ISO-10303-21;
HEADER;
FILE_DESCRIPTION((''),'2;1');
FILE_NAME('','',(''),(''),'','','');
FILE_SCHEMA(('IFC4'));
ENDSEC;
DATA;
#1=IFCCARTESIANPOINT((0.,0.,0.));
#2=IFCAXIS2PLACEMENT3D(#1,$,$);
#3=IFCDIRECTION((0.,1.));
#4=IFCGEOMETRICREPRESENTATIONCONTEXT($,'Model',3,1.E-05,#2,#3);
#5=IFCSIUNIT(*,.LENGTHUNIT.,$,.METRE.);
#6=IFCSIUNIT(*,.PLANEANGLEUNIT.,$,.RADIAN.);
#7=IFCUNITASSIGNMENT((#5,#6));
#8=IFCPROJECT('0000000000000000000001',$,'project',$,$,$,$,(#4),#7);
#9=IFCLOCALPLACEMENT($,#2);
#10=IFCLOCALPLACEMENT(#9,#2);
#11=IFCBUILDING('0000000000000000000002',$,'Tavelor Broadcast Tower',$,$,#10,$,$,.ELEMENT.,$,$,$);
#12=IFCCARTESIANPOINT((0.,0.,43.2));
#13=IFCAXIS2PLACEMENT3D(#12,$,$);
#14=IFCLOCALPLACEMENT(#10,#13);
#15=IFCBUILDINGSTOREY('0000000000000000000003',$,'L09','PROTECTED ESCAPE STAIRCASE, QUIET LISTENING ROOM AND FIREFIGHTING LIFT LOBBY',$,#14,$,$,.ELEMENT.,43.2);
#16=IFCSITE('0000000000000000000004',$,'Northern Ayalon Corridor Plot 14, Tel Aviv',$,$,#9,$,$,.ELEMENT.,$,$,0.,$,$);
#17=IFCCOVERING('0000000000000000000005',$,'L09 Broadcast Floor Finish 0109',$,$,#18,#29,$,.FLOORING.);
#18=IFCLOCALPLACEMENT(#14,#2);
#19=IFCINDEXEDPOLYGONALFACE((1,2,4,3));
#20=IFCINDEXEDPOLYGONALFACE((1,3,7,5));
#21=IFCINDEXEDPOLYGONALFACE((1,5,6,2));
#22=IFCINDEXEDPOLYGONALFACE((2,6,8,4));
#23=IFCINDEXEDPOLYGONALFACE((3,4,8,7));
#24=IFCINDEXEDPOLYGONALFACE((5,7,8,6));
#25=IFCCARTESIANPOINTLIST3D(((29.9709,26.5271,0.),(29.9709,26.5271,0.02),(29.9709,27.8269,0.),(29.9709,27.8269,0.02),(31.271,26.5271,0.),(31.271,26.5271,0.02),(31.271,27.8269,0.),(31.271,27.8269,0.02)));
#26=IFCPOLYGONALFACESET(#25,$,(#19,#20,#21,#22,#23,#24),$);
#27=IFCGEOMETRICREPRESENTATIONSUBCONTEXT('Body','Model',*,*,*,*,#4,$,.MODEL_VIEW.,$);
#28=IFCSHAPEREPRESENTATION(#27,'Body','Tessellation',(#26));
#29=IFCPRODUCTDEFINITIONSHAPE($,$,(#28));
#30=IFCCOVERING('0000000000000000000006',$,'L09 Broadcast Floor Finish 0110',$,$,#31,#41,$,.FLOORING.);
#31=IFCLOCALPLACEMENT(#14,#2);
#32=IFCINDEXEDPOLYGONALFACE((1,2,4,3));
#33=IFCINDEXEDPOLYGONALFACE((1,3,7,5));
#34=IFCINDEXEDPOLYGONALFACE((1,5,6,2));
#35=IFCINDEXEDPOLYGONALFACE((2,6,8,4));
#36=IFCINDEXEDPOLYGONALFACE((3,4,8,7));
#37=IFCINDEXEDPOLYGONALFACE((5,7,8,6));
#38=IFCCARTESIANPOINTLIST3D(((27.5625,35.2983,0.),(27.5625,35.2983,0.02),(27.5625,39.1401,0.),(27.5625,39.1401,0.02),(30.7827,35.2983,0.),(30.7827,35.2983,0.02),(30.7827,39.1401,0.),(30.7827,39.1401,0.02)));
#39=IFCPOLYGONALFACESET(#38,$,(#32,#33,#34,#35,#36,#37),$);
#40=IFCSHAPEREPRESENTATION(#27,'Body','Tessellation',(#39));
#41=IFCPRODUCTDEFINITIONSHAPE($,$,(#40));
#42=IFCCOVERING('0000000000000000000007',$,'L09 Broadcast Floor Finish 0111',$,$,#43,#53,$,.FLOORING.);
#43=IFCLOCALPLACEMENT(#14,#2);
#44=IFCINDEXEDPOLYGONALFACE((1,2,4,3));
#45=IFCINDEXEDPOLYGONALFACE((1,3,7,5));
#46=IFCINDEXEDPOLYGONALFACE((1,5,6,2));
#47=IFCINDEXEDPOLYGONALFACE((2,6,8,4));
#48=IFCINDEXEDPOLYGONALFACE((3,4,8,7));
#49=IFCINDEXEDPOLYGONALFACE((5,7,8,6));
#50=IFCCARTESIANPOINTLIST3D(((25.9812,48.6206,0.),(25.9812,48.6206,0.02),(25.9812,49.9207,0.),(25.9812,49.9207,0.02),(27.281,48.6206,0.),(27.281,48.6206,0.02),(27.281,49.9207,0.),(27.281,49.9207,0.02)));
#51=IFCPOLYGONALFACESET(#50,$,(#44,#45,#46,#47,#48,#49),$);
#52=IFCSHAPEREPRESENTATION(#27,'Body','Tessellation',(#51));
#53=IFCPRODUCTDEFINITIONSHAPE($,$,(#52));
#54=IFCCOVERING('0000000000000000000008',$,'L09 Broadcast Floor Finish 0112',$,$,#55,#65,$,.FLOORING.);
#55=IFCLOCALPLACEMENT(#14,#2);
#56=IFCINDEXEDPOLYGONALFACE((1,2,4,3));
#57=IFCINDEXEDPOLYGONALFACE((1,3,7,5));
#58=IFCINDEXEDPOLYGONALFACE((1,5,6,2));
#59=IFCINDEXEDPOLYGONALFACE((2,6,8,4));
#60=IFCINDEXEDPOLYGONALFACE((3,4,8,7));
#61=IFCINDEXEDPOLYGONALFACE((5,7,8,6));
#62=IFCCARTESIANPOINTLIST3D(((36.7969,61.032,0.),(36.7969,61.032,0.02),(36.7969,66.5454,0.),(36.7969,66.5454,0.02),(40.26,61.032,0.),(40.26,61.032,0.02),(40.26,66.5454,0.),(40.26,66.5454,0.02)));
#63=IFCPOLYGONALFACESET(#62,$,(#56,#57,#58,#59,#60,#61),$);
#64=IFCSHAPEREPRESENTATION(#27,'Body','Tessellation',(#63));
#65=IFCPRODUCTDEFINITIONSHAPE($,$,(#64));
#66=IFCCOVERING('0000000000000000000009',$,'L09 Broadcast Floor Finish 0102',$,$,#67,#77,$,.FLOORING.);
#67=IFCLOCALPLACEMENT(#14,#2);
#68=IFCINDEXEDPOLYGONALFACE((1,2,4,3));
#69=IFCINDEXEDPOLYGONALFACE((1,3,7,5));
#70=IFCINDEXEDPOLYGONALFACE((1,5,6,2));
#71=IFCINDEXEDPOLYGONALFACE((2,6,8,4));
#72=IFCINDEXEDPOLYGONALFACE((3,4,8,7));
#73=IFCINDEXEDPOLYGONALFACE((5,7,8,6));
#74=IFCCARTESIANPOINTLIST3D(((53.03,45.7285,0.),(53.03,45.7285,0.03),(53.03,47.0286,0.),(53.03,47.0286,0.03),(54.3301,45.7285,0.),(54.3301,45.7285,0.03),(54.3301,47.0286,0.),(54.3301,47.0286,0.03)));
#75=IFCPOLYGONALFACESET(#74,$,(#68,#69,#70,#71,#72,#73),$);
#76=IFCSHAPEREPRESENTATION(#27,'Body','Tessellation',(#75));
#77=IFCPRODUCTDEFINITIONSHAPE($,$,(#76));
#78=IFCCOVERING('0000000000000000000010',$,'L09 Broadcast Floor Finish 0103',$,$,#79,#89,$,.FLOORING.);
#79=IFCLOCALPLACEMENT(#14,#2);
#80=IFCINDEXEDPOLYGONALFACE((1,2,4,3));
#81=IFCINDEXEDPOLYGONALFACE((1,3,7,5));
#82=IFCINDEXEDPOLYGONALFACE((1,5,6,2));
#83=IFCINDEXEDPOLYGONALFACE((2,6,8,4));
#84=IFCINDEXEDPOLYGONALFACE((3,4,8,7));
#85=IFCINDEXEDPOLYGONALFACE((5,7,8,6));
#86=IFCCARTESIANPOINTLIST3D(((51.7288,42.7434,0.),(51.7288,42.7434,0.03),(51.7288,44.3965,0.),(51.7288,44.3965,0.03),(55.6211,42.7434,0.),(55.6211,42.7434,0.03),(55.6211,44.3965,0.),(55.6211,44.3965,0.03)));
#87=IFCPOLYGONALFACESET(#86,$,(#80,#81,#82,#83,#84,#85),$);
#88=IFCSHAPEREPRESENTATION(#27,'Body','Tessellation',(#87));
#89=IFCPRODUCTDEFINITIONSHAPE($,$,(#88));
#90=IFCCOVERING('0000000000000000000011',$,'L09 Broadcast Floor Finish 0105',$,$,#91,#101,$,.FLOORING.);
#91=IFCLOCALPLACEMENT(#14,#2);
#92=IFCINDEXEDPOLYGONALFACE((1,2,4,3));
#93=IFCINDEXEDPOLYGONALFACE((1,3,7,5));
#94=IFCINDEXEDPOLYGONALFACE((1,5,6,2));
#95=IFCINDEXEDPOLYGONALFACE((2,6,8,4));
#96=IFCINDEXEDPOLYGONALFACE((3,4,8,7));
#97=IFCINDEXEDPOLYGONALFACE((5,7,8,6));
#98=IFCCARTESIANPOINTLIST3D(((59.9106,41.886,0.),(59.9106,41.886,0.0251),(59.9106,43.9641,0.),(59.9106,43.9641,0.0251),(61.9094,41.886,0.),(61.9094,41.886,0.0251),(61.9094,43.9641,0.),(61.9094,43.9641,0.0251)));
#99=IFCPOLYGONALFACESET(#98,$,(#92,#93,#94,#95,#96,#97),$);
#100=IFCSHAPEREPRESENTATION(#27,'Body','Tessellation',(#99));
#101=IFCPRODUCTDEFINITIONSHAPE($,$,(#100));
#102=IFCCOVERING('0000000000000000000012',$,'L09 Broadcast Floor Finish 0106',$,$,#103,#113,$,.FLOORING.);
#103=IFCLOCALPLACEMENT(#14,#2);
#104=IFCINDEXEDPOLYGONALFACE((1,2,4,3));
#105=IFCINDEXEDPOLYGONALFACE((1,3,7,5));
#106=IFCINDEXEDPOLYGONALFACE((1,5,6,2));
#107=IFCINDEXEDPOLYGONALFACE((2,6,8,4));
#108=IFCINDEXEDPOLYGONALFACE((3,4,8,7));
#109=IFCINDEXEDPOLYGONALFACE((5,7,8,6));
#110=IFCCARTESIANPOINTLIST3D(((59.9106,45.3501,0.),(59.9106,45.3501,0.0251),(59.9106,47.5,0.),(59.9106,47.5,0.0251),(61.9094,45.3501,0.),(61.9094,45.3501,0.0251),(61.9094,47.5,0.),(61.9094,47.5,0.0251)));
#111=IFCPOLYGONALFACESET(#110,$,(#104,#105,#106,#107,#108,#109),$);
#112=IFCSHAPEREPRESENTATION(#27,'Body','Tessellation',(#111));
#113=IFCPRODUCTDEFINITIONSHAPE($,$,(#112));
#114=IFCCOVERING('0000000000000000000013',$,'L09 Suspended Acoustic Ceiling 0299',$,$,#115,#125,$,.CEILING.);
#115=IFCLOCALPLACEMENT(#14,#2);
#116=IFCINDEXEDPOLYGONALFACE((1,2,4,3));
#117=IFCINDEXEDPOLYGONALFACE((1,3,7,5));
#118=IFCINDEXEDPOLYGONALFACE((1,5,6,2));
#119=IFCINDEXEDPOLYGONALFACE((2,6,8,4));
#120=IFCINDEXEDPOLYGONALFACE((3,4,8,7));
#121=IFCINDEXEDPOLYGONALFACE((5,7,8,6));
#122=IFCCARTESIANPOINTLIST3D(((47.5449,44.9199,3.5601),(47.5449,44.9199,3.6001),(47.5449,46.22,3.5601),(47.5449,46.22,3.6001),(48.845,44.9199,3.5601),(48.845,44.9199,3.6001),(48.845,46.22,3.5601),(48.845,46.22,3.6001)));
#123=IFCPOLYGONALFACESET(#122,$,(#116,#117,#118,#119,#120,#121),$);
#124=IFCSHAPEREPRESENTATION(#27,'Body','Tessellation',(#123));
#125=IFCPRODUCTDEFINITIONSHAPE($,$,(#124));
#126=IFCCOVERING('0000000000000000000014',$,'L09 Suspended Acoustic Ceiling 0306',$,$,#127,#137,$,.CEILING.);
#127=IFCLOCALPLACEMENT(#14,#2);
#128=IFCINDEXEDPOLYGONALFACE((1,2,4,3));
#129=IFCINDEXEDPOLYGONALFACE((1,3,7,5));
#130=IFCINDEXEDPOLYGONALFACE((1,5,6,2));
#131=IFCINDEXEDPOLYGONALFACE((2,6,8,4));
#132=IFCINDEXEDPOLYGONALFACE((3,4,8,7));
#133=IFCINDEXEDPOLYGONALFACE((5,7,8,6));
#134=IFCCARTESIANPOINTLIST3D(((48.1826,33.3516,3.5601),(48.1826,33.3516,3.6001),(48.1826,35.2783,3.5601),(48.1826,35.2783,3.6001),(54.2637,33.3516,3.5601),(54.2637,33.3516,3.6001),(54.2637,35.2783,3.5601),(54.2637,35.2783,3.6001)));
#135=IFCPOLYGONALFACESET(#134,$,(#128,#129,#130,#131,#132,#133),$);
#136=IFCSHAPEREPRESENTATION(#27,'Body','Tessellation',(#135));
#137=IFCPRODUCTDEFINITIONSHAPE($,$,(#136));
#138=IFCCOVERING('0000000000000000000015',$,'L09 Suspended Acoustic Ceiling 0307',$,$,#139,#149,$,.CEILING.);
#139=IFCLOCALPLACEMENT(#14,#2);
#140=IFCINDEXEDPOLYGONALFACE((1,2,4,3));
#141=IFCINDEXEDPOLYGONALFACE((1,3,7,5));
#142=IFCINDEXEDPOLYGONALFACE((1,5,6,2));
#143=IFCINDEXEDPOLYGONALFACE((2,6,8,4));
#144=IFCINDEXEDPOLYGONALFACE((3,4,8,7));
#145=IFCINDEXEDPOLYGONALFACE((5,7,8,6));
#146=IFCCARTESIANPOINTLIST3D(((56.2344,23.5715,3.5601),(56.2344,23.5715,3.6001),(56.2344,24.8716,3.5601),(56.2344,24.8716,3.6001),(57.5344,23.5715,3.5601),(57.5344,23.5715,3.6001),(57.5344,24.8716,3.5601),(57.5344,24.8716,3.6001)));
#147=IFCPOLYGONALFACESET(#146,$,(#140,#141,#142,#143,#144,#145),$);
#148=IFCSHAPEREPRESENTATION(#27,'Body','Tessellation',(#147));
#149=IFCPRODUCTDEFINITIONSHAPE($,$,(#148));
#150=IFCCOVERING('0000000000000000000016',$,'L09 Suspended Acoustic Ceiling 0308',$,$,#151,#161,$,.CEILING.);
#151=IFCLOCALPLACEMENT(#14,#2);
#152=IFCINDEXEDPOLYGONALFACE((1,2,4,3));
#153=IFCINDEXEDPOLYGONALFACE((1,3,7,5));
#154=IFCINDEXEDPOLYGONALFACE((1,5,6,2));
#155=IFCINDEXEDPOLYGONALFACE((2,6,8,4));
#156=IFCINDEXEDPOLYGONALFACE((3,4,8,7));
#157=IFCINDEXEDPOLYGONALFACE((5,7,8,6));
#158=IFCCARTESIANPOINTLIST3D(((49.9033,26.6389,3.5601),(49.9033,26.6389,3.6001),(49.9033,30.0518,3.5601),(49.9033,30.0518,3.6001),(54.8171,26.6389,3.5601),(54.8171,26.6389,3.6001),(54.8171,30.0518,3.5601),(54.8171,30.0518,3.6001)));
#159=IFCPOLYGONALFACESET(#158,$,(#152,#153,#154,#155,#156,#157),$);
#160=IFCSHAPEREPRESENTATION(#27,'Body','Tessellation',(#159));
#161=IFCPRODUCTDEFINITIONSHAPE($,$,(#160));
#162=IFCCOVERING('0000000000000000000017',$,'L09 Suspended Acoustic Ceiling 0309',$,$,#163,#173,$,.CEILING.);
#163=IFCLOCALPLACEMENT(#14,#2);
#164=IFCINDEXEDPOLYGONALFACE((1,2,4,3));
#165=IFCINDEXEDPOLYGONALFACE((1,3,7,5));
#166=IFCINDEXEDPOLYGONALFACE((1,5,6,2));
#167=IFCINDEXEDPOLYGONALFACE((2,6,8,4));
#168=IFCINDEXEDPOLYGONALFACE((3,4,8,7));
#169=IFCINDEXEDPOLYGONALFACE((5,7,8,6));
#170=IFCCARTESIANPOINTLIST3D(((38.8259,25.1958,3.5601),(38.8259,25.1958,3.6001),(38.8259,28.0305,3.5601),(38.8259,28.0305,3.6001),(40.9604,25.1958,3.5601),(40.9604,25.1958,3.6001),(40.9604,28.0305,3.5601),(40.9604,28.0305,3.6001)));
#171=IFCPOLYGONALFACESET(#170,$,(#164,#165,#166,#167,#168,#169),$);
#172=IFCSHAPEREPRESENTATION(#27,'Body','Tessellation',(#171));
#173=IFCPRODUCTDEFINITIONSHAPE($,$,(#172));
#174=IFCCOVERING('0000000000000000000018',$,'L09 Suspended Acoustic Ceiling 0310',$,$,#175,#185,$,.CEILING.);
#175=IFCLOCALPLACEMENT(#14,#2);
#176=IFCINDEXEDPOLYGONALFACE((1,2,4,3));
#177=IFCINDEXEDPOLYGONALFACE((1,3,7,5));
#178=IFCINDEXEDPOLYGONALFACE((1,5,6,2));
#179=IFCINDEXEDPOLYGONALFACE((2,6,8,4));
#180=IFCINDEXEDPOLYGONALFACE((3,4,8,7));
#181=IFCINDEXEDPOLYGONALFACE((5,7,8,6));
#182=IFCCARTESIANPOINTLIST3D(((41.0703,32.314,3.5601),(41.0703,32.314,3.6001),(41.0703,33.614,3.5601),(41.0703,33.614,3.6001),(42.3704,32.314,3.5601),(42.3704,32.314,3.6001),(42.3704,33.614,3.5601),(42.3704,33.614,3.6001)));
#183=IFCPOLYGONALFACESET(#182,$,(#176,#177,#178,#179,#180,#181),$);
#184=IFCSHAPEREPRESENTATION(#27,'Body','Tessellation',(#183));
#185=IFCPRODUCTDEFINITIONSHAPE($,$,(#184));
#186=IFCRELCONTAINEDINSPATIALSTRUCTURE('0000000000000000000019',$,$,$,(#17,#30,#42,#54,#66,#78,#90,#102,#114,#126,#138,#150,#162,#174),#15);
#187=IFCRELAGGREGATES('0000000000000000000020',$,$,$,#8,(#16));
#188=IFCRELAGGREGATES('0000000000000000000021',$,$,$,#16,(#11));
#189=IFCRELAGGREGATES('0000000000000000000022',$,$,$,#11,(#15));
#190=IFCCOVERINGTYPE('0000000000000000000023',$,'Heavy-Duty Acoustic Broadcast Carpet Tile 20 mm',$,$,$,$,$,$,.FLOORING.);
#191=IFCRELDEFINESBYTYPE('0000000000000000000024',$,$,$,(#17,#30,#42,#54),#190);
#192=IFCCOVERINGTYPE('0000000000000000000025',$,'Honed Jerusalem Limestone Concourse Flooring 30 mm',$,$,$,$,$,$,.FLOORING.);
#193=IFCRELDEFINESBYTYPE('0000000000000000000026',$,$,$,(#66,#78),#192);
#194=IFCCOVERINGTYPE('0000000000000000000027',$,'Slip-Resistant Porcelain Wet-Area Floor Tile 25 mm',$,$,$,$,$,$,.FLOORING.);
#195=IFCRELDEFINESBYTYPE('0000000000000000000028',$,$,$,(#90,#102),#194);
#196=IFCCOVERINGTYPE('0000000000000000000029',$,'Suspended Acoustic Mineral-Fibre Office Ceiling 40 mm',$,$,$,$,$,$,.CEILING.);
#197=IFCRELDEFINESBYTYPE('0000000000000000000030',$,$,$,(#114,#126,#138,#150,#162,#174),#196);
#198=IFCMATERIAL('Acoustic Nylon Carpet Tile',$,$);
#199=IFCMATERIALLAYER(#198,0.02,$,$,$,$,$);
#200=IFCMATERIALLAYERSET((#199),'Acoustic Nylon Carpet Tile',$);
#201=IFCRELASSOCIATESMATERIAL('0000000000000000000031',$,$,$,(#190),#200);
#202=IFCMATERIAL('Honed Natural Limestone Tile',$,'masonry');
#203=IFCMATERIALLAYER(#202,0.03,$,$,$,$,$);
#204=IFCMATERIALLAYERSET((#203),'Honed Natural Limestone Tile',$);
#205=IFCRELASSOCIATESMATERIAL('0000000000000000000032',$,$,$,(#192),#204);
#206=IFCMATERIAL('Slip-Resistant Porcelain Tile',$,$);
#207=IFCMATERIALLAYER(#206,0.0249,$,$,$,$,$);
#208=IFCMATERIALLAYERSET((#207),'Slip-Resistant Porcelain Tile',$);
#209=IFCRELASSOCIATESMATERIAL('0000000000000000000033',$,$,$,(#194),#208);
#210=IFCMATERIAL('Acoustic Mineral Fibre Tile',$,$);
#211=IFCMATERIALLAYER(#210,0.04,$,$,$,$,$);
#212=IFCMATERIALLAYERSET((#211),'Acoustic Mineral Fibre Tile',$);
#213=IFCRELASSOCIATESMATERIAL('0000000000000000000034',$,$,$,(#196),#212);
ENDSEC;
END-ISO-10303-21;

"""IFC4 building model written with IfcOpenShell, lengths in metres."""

from ifc_helpers import new_model, si_unit, direction, frame, origin, place, context, subcontext, project, spatial, polyline, outline, extrude, material, layer, layer_set, type_object, element, save


model = new_model("IFC4")

# Units and contexts
model_context = context("Model", 3, precision=1e-05, world=origin(), true_north=direction((0.0, 1.0)))
body_context = subcontext(model_context, "Body", "Model", "MODEL_VIEW")
ifc_project = project(units=[si_unit("LENGTHUNIT", "METRE"), si_unit("PLANEANGLEUNIT", "RADIAN")], contexts=[model_context])

# Site, building, storey
site_placement = place(None, origin())
site = spatial("IfcSite", under=ifc_project, at=site_placement, Name="Northern Ayalon Corridor Plot 14, Tel Aviv", CompositionType="ELEMENT", RefElevation=0.0)
building_placement = place(site_placement, origin())
building = spatial("IfcBuilding", under=site, at=building_placement, Name="Tavelor Broadcast Tower", CompositionType="ELEMENT")
storey_placement = place(building_placement, frame((0.0, 0.0, 43.2)))
storey = spatial("IfcBuildingStorey", under=building, at=storey_placement, Name="L09", Description="PROTECTED ESCAPE STAIRCASE, QUIET LISTENING ROOM AND FIREFIGHTING LIFT LOBBY", CompositionType="ELEMENT", Elevation=43.2)

# Coverings
ifc_material_1 = material(Name="Acoustic Nylon Carpet Tile")
ifc_layer_1 = layer(ifc_material_1, 0.02)
ifc_layer_set_1 = layer_set([ifc_layer_1], Name="Acoustic Nylon Carpet Tile")
covering_type_1 = type_object("IfcCoveringType", Name="Heavy-Duty Acoustic Broadcast Carpet Tile 20 mm", PredefinedType="FLOORING", material=ifc_layer_set_1)
covering_1_placement = place(storey_placement, origin())
element("IfcCovering", 1, at=covering_1_placement, inside=storey, type_object=covering_type_1, Name="L09 Broadcast Floor Finish 0109", PredefinedType="FLOORING", context=body_context, shape_type="SweptSolid", body=[
    extrude(outline(polyline([(29.9709, 26.5271), (31.271, 26.5271), (31.271, 27.8269), (29.9709, 27.8269), (29.9709, 26.5271)])), origin(), (0.0, 0.0, 1.0), 0.02),
])
covering_2_placement = place(storey_placement, origin())
element("IfcCovering", 2, at=covering_2_placement, inside=storey, type_object=covering_type_1, Name="L09 Broadcast Floor Finish 0110", PredefinedType="FLOORING", context=body_context, shape_type="SweptSolid", body=[
    extrude(outline(polyline([(27.5625, 35.2983), (30.7827, 35.2983), (30.7827, 39.1401), (27.5625, 39.1401), (27.5625, 35.2983)])), origin(), (0.0, 0.0, 1.0), 0.02),
])
covering_3_placement = place(storey_placement, origin())
element("IfcCovering", 3, at=covering_3_placement, inside=storey, type_object=covering_type_1, Name="L09 Broadcast Floor Finish 0111", PredefinedType="FLOORING", context=body_context, shape_type="SweptSolid", body=[
    extrude(outline(polyline([(25.9812, 48.6206), (27.281, 48.6206), (27.281, 49.9207), (25.9812, 49.9207), (25.9812, 48.6206)])), origin(), (0.0, 0.0, 1.0), 0.02),
])
covering_4_placement = place(storey_placement, origin())
element("IfcCovering", 4, at=covering_4_placement, inside=storey, type_object=covering_type_1, Name="L09 Broadcast Floor Finish 0112", PredefinedType="FLOORING", context=body_context, shape_type="SweptSolid", body=[
    extrude(outline(polyline([(36.7969, 61.032), (40.26, 61.032), (40.26, 66.5454), (36.7969, 66.5454), (36.7969, 61.032)])), origin(), (0.0, 0.0, 1.0), 0.02),
])
ifc_material_2 = material(Name="Honed Natural Limestone Tile", Category="masonry")
ifc_layer_2 = layer(ifc_material_2, 0.03)
ifc_layer_set_2 = layer_set([ifc_layer_2], Name="Honed Natural Limestone Tile")
covering_type_2 = type_object("IfcCoveringType", Name="Honed Jerusalem Limestone Concourse Flooring 30 mm", PredefinedType="FLOORING", material=ifc_layer_set_2)
covering_5_placement = place(storey_placement, origin())
element("IfcCovering", 5, at=covering_5_placement, inside=storey, type_object=covering_type_2, Name="L09 Broadcast Floor Finish 0102", PredefinedType="FLOORING", context=body_context, shape_type="SweptSolid", body=[
    extrude(outline(polyline([(53.03, 45.7285), (54.3301, 45.7285), (54.3301, 47.0286), (53.03, 47.0286), (53.03, 45.7285)])), origin(), (0.0, 0.0, 1.0), 0.03),
])
covering_6_placement = place(storey_placement, origin())
element("IfcCovering", 6, at=covering_6_placement, inside=storey, type_object=covering_type_2, Name="L09 Broadcast Floor Finish 0103", PredefinedType="FLOORING", context=body_context, shape_type="SweptSolid", body=[
    extrude(outline(polyline([(51.7288, 42.7434), (55.6211, 42.7434), (55.6211, 44.3965), (51.7288, 44.3965), (51.7288, 42.7434)])), origin(), (0.0, 0.0, 1.0), 0.03),
])
ifc_material_3 = material(Name="Slip-Resistant Porcelain Tile")
ifc_layer_3 = layer(ifc_material_3, 0.0249)
ifc_layer_set_3 = layer_set([ifc_layer_3], Name="Slip-Resistant Porcelain Tile")
covering_type_3 = type_object("IfcCoveringType", Name="Slip-Resistant Porcelain Wet-Area Floor Tile 25 mm", PredefinedType="FLOORING", material=ifc_layer_set_3)
covering_7_placement = place(storey_placement, origin())
element("IfcCovering", 7, at=covering_7_placement, inside=storey, type_object=covering_type_3, Name="L09 Broadcast Floor Finish 0105", PredefinedType="FLOORING", context=body_context, shape_type="SweptSolid", body=[
    extrude(outline(polyline([(59.9106, 41.886), (61.9094, 41.886), (61.9094, 43.9641), (59.9106, 43.9641), (59.9106, 41.886)])), origin(), (0.0, 0.0, 1.0), 0.0251),
])
covering_8_placement = place(storey_placement, origin())
element("IfcCovering", 8, at=covering_8_placement, inside=storey, type_object=covering_type_3, Name="L09 Broadcast Floor Finish 0106", PredefinedType="FLOORING", context=body_context, shape_type="SweptSolid", body=[
    extrude(outline(polyline([(59.9106, 45.3501), (61.9094, 45.3501), (61.9094, 47.5), (59.9106, 47.5), (59.9106, 45.3501)])), origin(), (0.0, 0.0, 1.0), 0.0251),
])
ifc_material_4 = material(Name="Acoustic Mineral Fibre Tile")
ifc_layer_4 = layer(ifc_material_4, 0.04)
ifc_layer_set_4 = layer_set([ifc_layer_4], Name="Acoustic Mineral Fibre Tile")
covering_type_4 = type_object("IfcCoveringType", Name="Suspended Acoustic Mineral-Fibre Office Ceiling 40 mm", PredefinedType="CEILING", material=ifc_layer_set_4)
covering_9_placement = place(storey_placement, frame((0.0, 0.0, 3.5601)))
element("IfcCovering", 9, at=covering_9_placement, inside=storey, type_object=covering_type_4, Name="L09 Suspended Acoustic Ceiling 0299", PredefinedType="CEILING", context=body_context, shape_type="SweptSolid", body=[
    extrude(outline(polyline([(47.5449, 44.9199), (48.845, 44.9199), (48.845, 46.22), (47.5449, 46.22), (47.5449, 44.9199)])), origin(), (0.0, 0.0, 1.0), 0.04),
])
covering_10_placement = place(storey_placement, frame((0.0, 0.0, 3.5601)))
element("IfcCovering", 10, at=covering_10_placement, inside=storey, type_object=covering_type_4, Name="L09 Suspended Acoustic Ceiling 0306", PredefinedType="CEILING", context=body_context, shape_type="SweptSolid", body=[
    extrude(outline(polyline([(48.1826, 33.3516), (54.2637, 33.3516), (54.2637, 35.2783), (48.1826, 35.2783), (48.1826, 33.3516)])), origin(), (0.0, 0.0, 1.0), 0.04),
])
covering_11_placement = place(storey_placement, frame((0.0, 0.0, 3.5601)))
element("IfcCovering", 11, at=covering_11_placement, inside=storey, type_object=covering_type_4, Name="L09 Suspended Acoustic Ceiling 0307", PredefinedType="CEILING", context=body_context, shape_type="SweptSolid", body=[
    extrude(outline(polyline([(56.2344, 23.5715), (57.5344, 23.5715), (57.5344, 24.8716), (56.2344, 24.8716), (56.2344, 23.5715)])), origin(), (0.0, 0.0, 1.0), 0.04),
])
covering_12_placement = place(storey_placement, frame((0.0, 0.0, 3.5601)))
element("IfcCovering", 12, at=covering_12_placement, inside=storey, type_object=covering_type_4, Name="L09 Suspended Acoustic Ceiling 0308", PredefinedType="CEILING", context=body_context, shape_type="SweptSolid", body=[
    extrude(outline(polyline([(49.9033, 26.6389), (54.8171, 26.6389), (54.8171, 30.0518), (49.9033, 30.0518), (49.9033, 26.6389)])), origin(), (0.0, 0.0, 1.0), 0.04),
])
covering_13_placement = place(storey_placement, frame((0.0, 0.0, 3.5601)))
element("IfcCovering", 13, at=covering_13_placement, inside=storey, type_object=covering_type_4, Name="L09 Suspended Acoustic Ceiling 0309", PredefinedType="CEILING", context=body_context, shape_type="SweptSolid", body=[
    extrude(outline(polyline([(38.8259, 25.1958), (40.9604, 25.1958), (40.9604, 28.0305), (38.8259, 28.0305), (38.8259, 25.1958)])), origin(), (0.0, 0.0, 1.0), 0.04),
])
covering_14_placement = place(storey_placement, frame((0.0, 0.0, 3.5601)))
element("IfcCovering", 14, at=covering_14_placement, inside=storey, type_object=covering_type_4, Name="L09 Suspended Acoustic Ceiling 0310", PredefinedType="CEILING", context=body_context, shape_type="SweptSolid", body=[
    extrude(outline(polyline([(41.0703, 32.314), (42.3704, 32.314), (42.3704, 33.614), (41.0703, 33.614), (41.0703, 32.314)])), origin(), (0.0, 0.0, 1.0), 0.04),
])

save(model, "model.ifc")
